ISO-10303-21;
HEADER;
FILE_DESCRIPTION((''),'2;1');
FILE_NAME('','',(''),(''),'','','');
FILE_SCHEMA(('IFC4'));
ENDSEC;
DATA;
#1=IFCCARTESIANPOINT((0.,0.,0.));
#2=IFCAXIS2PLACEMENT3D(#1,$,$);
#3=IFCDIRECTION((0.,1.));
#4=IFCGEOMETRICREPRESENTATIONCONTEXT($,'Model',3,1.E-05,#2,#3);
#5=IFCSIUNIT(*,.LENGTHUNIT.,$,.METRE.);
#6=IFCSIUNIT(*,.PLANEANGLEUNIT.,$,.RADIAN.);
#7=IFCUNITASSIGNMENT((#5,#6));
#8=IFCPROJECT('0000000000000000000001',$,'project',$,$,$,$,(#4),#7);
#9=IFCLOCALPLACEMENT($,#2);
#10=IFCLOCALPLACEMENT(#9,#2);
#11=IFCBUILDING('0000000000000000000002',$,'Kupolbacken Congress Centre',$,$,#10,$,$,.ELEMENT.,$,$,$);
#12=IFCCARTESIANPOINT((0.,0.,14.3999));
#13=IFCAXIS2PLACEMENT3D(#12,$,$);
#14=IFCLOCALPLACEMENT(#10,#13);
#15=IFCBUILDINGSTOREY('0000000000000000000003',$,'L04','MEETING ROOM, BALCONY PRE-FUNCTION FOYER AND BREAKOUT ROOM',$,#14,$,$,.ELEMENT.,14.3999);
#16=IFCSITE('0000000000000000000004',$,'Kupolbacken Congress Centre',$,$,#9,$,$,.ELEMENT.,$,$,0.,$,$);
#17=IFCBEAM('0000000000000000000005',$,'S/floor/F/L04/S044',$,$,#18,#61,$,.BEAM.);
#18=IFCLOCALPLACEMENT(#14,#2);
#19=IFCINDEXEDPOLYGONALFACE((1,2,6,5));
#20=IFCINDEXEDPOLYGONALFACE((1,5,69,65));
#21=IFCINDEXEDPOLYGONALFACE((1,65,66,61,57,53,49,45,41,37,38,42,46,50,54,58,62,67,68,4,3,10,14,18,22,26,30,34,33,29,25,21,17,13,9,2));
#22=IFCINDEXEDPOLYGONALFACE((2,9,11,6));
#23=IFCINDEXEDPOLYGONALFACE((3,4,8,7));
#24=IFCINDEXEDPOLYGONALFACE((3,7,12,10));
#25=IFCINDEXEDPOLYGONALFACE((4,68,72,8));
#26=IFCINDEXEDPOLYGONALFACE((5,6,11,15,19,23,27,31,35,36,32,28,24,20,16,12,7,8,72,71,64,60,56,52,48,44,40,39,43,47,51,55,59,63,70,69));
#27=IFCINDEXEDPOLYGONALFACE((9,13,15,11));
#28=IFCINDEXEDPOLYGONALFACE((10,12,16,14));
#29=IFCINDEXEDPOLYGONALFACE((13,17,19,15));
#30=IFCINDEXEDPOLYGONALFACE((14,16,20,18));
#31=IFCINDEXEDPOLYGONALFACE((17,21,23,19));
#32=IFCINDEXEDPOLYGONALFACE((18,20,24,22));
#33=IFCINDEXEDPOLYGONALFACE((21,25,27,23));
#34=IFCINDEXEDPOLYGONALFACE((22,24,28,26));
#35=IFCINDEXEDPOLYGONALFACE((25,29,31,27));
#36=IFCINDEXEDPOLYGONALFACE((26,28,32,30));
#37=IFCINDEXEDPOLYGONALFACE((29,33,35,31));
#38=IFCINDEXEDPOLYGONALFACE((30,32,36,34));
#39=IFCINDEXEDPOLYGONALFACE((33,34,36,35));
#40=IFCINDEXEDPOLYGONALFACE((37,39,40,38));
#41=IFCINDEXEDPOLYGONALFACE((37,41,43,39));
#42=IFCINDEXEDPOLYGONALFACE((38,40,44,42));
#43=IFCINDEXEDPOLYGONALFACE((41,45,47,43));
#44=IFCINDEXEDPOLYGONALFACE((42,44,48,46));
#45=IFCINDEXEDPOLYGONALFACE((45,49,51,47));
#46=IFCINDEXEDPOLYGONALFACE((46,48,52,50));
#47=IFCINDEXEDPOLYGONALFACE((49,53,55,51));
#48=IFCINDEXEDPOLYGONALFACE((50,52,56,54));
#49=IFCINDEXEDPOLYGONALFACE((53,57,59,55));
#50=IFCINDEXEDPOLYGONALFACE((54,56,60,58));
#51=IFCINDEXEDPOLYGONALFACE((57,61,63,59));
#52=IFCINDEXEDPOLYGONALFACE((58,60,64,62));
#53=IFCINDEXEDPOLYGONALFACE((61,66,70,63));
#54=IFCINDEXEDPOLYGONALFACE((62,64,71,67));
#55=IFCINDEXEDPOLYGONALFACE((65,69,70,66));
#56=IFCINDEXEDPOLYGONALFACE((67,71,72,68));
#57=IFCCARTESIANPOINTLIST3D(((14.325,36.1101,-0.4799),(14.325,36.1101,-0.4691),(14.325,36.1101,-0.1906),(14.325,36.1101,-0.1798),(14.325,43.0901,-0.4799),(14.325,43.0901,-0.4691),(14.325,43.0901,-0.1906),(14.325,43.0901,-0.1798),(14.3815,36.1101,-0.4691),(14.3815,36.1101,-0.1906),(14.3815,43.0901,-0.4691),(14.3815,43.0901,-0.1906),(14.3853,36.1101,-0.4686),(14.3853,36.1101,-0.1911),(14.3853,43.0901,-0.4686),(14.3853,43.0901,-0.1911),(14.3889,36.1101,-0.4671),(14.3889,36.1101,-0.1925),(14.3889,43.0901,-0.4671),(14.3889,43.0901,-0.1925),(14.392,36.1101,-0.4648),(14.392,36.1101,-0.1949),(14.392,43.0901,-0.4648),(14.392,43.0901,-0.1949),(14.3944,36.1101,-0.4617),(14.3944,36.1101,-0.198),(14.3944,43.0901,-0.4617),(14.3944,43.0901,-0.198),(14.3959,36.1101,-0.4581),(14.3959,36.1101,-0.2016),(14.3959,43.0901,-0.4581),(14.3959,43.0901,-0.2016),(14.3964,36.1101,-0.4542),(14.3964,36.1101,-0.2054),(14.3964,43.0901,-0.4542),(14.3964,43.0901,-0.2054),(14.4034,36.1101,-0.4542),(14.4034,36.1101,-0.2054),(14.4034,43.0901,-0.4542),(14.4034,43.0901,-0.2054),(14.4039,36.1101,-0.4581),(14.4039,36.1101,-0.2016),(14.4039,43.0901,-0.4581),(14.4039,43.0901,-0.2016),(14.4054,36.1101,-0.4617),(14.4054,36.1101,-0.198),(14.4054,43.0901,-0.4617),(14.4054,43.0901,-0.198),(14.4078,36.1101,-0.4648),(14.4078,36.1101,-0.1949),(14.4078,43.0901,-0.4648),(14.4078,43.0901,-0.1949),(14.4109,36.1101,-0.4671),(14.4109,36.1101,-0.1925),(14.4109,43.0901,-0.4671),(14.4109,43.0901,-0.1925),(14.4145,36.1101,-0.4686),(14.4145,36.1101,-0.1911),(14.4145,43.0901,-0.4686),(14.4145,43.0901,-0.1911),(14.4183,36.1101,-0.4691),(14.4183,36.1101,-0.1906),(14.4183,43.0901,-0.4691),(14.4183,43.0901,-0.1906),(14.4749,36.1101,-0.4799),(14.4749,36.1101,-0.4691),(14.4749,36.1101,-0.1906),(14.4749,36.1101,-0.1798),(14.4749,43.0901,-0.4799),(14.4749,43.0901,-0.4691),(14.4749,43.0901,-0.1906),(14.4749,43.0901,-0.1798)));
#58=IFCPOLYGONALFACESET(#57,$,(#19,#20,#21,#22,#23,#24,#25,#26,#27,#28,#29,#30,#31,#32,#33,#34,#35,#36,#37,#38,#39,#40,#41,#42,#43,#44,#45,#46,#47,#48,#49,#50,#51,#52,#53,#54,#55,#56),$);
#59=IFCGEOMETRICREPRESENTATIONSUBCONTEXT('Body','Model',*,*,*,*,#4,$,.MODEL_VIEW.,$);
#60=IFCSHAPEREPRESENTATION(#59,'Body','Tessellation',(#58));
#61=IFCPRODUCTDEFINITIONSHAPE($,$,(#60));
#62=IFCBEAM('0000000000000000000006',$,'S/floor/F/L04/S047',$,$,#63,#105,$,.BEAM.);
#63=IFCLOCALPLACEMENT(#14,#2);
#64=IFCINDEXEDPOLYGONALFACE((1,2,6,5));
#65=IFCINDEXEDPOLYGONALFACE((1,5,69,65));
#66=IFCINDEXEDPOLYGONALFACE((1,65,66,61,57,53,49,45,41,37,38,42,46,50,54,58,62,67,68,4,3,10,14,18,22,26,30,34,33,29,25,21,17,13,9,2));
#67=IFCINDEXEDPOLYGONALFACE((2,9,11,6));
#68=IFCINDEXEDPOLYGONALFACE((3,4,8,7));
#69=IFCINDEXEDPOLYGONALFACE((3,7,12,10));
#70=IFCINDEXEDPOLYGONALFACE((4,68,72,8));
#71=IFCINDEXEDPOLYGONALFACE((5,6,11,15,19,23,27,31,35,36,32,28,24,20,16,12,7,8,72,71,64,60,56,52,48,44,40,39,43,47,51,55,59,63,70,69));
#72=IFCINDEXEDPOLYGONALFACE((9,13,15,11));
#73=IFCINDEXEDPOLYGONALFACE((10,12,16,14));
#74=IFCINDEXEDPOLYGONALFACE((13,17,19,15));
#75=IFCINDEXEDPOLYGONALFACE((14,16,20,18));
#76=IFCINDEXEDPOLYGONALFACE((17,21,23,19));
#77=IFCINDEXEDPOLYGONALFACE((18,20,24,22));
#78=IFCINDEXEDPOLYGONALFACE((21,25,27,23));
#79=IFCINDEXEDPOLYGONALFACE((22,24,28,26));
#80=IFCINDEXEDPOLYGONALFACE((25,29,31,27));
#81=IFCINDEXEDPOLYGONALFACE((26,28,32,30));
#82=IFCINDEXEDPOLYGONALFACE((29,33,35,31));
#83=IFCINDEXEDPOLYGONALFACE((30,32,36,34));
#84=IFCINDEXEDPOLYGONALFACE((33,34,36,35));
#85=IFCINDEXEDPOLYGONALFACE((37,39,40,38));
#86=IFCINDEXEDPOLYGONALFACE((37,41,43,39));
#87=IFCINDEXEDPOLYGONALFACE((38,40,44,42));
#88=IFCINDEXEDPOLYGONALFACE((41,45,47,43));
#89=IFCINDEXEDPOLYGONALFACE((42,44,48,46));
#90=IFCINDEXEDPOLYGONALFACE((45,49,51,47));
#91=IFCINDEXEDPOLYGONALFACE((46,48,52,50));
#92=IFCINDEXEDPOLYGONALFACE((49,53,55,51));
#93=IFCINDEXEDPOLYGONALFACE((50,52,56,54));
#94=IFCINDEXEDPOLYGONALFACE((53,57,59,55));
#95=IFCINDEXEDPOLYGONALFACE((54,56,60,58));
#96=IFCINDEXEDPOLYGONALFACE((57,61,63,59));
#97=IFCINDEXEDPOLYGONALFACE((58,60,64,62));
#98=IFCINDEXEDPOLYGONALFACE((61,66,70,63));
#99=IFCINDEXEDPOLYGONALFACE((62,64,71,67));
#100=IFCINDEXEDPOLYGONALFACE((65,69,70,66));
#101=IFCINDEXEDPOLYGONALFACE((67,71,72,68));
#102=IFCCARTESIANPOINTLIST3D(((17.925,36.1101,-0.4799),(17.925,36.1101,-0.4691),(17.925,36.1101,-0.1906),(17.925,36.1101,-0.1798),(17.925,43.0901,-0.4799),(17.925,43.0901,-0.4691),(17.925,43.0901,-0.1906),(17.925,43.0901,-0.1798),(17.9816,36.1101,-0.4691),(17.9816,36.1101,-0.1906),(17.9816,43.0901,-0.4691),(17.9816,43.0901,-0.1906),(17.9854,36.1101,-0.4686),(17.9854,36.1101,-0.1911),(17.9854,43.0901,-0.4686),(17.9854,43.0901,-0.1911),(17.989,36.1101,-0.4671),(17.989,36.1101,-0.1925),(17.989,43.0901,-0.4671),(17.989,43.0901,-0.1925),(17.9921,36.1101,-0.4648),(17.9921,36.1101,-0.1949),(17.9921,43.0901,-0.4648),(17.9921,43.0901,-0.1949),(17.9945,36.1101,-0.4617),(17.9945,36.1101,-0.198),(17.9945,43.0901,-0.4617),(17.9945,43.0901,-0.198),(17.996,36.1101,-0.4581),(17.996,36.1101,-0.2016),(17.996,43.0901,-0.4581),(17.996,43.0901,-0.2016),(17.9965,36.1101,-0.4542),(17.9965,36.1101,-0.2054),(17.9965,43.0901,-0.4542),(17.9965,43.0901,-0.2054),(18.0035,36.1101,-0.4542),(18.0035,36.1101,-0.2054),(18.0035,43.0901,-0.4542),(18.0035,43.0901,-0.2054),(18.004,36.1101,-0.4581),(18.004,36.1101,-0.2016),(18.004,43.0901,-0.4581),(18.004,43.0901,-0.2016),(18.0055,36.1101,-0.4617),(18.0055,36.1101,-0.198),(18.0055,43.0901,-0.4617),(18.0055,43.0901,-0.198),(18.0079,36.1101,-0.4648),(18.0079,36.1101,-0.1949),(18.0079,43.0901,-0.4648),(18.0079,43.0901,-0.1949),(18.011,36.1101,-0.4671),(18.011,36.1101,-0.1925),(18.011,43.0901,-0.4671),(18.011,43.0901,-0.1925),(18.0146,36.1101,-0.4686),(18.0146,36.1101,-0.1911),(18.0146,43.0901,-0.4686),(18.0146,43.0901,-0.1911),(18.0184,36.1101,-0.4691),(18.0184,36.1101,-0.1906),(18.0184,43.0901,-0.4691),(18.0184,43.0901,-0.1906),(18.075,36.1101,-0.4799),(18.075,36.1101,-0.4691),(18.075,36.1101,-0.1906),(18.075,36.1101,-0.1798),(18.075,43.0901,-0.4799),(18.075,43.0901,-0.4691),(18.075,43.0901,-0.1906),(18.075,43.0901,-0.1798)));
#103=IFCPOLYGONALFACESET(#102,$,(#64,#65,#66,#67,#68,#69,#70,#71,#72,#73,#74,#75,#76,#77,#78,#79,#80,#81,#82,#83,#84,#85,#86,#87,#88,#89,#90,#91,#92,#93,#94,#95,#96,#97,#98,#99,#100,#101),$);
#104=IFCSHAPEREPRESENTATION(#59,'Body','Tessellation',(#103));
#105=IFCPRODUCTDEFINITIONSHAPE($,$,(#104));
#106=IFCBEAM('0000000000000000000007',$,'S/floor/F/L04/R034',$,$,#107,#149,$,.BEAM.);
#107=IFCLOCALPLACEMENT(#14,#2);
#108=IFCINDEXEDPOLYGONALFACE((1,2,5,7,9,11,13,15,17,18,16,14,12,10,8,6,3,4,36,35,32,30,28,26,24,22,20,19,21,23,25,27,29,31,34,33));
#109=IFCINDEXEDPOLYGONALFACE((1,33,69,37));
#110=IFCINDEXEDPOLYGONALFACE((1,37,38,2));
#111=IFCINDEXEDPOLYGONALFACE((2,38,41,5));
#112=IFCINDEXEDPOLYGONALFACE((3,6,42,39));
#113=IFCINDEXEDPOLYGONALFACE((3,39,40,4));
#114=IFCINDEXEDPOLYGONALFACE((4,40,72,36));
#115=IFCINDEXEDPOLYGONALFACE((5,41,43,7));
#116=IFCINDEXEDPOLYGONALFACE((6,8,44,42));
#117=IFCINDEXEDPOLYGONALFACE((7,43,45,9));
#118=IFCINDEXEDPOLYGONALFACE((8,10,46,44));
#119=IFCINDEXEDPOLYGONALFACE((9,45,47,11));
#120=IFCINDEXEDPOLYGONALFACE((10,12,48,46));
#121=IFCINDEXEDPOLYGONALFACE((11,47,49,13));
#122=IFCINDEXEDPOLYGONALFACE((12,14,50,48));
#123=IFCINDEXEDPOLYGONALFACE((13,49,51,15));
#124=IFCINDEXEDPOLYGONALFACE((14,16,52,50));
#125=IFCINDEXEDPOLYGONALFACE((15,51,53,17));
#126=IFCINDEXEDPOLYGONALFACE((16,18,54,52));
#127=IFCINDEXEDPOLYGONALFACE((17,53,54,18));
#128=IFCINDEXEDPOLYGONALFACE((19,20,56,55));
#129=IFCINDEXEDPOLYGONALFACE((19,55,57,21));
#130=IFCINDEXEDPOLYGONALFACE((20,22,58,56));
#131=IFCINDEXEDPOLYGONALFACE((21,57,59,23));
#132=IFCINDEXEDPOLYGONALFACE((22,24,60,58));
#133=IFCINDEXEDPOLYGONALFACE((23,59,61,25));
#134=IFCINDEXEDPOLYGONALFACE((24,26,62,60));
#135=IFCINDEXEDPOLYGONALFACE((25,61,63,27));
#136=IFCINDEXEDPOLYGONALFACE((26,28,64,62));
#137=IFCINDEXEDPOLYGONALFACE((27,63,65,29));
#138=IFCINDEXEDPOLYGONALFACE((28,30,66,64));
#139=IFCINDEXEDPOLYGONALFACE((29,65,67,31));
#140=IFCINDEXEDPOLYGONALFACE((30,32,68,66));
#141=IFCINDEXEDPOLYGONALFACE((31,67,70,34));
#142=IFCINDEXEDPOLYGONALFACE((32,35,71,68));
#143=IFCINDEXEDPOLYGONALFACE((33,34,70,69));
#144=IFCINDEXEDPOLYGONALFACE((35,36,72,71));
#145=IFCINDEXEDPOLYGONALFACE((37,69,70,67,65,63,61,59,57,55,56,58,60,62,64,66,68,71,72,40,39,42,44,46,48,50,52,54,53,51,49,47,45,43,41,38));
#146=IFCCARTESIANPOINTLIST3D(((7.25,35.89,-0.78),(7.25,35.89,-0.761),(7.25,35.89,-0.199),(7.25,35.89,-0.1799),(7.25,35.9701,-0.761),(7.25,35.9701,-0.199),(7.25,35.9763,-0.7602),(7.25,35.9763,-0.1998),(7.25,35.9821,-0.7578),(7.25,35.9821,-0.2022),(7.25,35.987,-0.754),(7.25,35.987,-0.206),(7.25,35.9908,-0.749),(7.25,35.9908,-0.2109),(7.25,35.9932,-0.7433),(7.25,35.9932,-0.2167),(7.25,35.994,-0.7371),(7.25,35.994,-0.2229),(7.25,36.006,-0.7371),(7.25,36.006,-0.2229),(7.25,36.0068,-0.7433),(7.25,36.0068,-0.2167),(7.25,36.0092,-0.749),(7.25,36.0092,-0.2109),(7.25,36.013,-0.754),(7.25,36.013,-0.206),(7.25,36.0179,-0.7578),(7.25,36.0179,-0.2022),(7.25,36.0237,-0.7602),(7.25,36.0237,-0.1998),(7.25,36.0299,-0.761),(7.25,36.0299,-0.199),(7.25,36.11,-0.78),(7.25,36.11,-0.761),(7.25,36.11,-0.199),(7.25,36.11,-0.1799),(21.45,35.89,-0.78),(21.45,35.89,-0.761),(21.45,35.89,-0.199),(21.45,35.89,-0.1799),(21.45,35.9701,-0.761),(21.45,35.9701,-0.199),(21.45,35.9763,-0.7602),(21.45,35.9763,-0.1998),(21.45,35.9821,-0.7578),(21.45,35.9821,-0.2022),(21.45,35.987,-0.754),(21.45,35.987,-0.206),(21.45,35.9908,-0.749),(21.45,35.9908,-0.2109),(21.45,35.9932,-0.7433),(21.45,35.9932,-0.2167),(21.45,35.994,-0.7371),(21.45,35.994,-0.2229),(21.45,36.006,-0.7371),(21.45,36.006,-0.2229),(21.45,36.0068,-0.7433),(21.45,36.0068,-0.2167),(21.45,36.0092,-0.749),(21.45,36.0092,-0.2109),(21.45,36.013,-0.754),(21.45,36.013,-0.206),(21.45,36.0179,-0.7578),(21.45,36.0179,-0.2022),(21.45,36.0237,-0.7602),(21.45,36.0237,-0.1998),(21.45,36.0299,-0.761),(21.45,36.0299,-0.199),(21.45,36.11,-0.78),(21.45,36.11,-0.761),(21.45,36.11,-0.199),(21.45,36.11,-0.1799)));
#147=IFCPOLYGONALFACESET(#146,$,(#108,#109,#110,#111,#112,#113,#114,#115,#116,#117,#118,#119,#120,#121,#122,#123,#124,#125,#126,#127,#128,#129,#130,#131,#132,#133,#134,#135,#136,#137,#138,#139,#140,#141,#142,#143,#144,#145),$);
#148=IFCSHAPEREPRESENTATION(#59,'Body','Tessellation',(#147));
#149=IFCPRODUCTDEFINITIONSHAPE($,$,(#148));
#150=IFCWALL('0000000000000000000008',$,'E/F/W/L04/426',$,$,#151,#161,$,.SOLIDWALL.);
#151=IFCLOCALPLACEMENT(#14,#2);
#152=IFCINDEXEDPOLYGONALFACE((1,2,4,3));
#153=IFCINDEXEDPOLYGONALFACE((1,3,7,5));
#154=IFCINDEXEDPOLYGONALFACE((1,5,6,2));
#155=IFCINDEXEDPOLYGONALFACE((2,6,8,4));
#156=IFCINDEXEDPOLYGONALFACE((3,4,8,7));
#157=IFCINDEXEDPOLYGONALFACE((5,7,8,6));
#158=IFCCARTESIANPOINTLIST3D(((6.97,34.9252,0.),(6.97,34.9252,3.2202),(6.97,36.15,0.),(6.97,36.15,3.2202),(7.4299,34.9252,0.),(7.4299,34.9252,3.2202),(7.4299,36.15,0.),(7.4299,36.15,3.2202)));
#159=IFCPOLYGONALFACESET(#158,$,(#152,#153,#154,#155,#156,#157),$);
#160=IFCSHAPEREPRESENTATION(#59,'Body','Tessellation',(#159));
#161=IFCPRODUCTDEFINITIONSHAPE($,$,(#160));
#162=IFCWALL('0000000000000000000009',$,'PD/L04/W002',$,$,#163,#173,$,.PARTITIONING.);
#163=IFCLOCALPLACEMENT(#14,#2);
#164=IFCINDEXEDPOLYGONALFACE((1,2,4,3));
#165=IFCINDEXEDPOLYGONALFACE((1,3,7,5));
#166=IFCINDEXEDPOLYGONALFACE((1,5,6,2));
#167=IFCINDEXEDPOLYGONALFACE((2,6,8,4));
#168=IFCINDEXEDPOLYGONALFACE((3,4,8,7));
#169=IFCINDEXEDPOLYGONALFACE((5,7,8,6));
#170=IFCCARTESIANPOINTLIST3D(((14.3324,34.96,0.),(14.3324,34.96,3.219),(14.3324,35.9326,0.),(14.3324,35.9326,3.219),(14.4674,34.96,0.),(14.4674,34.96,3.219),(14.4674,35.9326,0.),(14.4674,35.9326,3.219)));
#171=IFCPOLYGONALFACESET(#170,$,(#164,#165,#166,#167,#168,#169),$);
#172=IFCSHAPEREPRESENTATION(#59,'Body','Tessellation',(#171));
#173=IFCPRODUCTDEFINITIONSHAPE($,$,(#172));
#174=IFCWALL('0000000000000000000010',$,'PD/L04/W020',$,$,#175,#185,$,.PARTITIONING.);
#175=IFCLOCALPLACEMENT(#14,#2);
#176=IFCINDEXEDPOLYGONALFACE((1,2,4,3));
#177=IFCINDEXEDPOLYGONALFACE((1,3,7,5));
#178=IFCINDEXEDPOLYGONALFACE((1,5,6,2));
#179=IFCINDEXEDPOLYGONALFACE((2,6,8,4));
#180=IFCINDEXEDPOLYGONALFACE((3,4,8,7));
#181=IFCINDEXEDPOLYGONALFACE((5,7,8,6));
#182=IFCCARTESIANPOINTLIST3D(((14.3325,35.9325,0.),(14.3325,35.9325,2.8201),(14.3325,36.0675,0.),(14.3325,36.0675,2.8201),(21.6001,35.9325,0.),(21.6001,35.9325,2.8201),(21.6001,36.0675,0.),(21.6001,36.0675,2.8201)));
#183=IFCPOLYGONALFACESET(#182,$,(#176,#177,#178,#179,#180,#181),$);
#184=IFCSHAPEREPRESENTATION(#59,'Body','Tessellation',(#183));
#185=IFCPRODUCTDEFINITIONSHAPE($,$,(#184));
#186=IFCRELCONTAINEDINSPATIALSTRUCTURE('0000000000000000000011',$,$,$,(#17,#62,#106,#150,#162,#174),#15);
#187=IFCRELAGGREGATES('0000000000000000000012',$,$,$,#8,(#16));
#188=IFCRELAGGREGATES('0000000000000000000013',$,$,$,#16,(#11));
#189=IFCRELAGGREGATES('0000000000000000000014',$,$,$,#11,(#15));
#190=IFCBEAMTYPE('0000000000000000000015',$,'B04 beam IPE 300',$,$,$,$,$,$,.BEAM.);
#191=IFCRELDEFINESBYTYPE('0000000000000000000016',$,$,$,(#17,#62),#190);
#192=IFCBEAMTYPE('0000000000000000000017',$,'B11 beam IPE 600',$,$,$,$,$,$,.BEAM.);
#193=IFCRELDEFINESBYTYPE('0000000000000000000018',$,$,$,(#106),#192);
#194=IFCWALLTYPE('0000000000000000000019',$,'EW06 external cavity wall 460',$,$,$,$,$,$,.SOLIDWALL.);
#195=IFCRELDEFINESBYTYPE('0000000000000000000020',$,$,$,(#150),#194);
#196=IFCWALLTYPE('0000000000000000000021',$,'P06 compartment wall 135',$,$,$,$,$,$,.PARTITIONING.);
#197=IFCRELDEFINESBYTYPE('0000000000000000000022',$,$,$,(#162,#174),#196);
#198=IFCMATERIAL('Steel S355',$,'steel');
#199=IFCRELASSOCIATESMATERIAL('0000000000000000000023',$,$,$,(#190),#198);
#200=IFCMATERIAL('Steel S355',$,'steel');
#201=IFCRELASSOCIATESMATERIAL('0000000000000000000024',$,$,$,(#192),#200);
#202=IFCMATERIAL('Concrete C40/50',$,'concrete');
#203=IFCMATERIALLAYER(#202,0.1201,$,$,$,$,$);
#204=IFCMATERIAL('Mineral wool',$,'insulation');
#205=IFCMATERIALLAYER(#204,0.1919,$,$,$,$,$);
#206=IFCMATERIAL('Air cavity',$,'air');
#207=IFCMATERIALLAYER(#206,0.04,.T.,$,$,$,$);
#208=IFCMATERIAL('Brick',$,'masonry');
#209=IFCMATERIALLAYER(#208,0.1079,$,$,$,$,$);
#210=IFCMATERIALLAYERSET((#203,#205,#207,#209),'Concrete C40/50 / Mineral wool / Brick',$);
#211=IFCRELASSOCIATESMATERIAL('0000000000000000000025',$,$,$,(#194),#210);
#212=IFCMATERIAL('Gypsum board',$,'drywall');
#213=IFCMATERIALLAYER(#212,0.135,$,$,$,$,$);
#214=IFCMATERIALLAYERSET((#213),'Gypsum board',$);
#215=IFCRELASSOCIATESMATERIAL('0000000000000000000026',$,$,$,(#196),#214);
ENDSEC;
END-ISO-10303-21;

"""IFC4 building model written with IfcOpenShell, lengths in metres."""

from ifc_helpers import new_model, si_unit, direction, frame, frame_2d, origin, origin_2d, place, context, subcontext, project, spatial, rectangle, i_section, extrude, material, layer, layer_set, material_profile, profile_set, type_object, element, save


model = new_model("IFC4")

# Units and contexts
model_context = context("Model", 3, precision=1e-05, world=origin(), true_north=direction((0.0, 1.0)))
body_context = subcontext(model_context, "Body", "Model", "MODEL_VIEW")
ifc_project = project(units=[si_unit("LENGTHUNIT", "METRE"), si_unit("PLANEANGLEUNIT", "RADIAN")], contexts=[model_context])

# Site, building, storey
site_placement = place(None, origin())
site = spatial("IfcSite", under=ifc_project, at=site_placement, Name="Kupolbacken Congress Centre", CompositionType="ELEMENT", RefElevation=0.0)
building_placement = place(site_placement, origin())
building = spatial("IfcBuilding", under=site, at=building_placement, Name="Kupolbacken Congress Centre", CompositionType="ELEMENT")
storey_placement = place(building_placement, frame((0.0, 0.0, 14.3999)))
storey = spatial("IfcBuildingStorey", under=building, at=storey_placement, Name="L04", Description="MEETING ROOM, BALCONY PRE-FUNCTION FOYER AND BREAKOUT ROOM", CompositionType="ELEMENT", Elevation=14.3999)

# Beams
ifc_material_1 = material(Name="Steel S355", Category="steel")
ifc_material_profile_1 = material_profile(ifc_material_1, i_section(OverallWidth=0.1499, OverallDepth=0.3, WebThickness=0.0071, FlangeThickness=0.0107, FilletRadius=0.0149, at=origin_2d()), Name="IPE 300")
ifc_profile_set_1 = profile_set([ifc_material_profile_1], Name="Steel S355")
beam_type_1 = type_object("IfcBeamType", Name="B04 beam IPE 300", PredefinedType="BEAM", material=ifc_profile_set_1)
for number, where, z_axis, x_axis, name in (
    (1, (14.3999, 36.1101, -0.3298), (0.0, 1.0, 0.0), (-1.0, 0.0, 0.0), "S/floor/F/L04/S044"),
    (2, (18.0, 36.1101, -0.3298), (0.0, 1.0, 0.0), (-1.0, 0.0, 0.0), "S/floor/F/L04/S047"),
):
    element("IfcBeam", number, at=place(storey_placement, frame(where, z_axis=z_axis, x_axis=x_axis)), inside=storey, type_object=beam_type_1, Name=name, PredefinedType="BEAM", context=body_context, shape_type="SweptSolid", body=[
        extrude(i_section(OverallWidth=0.1499, OverallDepth=0.3, WebThickness=0.0071, FlangeThickness=0.0107, FilletRadius=0.0149, at=origin_2d()), origin(), (0.0, 0.0, 1.0), 6.98),
    ])
ifc_material_2 = material(Name="Steel S355", Category="steel")
ifc_material_profile_2 = material_profile(ifc_material_2, i_section(OverallWidth=0.22, OverallDepth=0.6001, WebThickness=0.012, FlangeThickness=0.019, FilletRadius=0.0239, at=origin_2d()), Name="IPE 600")
ifc_profile_set_2 = profile_set([ifc_material_profile_2], Name="Steel S355")
beam_type_2 = type_object("IfcBeamType", Name="B11 beam IPE 600", PredefinedType="BEAM", material=ifc_profile_set_2)
beam_1_placement = place(storey_placement, frame((7.25, 36.0, -0.48), z_axis=(1.0, 0.0, 0.0), x_axis=(0.0, 1.0, 0.0)))
element("IfcBeam", 3, at=beam_1_placement, inside=storey, type_object=beam_type_2, Name="S/floor/F/L04/R034", PredefinedType="BEAM", context=body_context, shape_type="SweptSolid", body=[
    extrude(i_section(OverallWidth=0.22, OverallDepth=0.6001, WebThickness=0.012, FlangeThickness=0.019, FilletRadius=0.0239, at=origin_2d()), origin(), (0.0, 0.0, 1.0), 14.2),
])

# Walls
ifc_material_3 = material(Name="Concrete C40/50", Category="concrete")
ifc_layer_1 = layer(ifc_material_3, 0.1201)
ifc_material_4 = material(Name="Mineral wool", Category="insulation")
ifc_layer_2 = layer(ifc_material_4, 0.1919)
ifc_material_5 = material(Name="Air cavity", Category="air")
ifc_layer_3 = layer(ifc_material_5, 0.04, ventilated=True)
ifc_material_6 = material(Name="Brick", Category="masonry")
ifc_layer_4 = layer(ifc_material_6, 0.1079)
ifc_layer_set_1 = layer_set([ifc_layer_1, ifc_layer_2, ifc_layer_3, ifc_layer_4], Name="Concrete C40/50 / Mineral wool / Brick")
wall_type_1 = type_object("IfcWallType", Name="EW06 external cavity wall 460", PredefinedType="SOLIDWALL", material=ifc_layer_set_1)
wall_1_placement = place(storey_placement, frame((7.2, 36.1499, 0.0), z_axis=(0.0, 0.0, 1.0), x_axis=(0.0, -1.0, 0.0)))
element("IfcWall", 4, at=wall_1_placement, inside=storey, type_object=wall_type_1, Name="E/F/W/L04/426", PredefinedType="SOLIDWALL", context=body_context, shape_type="SweptSolid", body=[
    extrude(rectangle(XDim=1.2249, YDim=0.46, at=frame_2d((0.6123, 0.0))), origin(), (0.0, 0.0, 1.0), 3.2202),
])
ifc_material_7 = material(Name="Gypsum board", Category="drywall")
ifc_layer_5 = layer(ifc_material_7, 0.135)
ifc_layer_set_2 = layer_set([ifc_layer_5], Name="Gypsum board")
wall_type_2 = type_object("IfcWallType", Name="P06 compartment wall 135", PredefinedType="PARTITIONING", material=ifc_layer_set_2)
wall_2_placement = place(storey_placement, frame((14.3999, 35.9326, 0.0), z_axis=(0.0, 0.0, 1.0), x_axis=(0.0, -1.0, 0.0)))
element("IfcWall", 5, at=wall_2_placement, inside=storey, type_object=wall_type_2, Name="PD/L04/W002", PredefinedType="PARTITIONING", context=body_context, shape_type="SweptSolid", body=[
    extrude(rectangle(XDim=0.9727, YDim=0.135, at=frame_2d((0.4863, 0.0))), origin(), (0.0, 0.0, 1.0), 3.219),
])
wall_3_placement = place(storey_placement, frame((21.6001, 36.0, 0.0), z_axis=(0.0, 0.0, 1.0), x_axis=(-1.0, 0.0, 0.0)))
element("IfcWall", 6, at=wall_3_placement, inside=storey, type_object=wall_type_2, Name="PD/L04/W020", PredefinedType="PARTITIONING", context=body_context, shape_type="SweptSolid", body=[
    extrude(rectangle(XDim=7.2676, YDim=0.135, at=frame_2d((3.6338, 0.0))), origin(), (0.0, 0.0, 1.0), 2.8201),
])

save(model, "model.ifc")
